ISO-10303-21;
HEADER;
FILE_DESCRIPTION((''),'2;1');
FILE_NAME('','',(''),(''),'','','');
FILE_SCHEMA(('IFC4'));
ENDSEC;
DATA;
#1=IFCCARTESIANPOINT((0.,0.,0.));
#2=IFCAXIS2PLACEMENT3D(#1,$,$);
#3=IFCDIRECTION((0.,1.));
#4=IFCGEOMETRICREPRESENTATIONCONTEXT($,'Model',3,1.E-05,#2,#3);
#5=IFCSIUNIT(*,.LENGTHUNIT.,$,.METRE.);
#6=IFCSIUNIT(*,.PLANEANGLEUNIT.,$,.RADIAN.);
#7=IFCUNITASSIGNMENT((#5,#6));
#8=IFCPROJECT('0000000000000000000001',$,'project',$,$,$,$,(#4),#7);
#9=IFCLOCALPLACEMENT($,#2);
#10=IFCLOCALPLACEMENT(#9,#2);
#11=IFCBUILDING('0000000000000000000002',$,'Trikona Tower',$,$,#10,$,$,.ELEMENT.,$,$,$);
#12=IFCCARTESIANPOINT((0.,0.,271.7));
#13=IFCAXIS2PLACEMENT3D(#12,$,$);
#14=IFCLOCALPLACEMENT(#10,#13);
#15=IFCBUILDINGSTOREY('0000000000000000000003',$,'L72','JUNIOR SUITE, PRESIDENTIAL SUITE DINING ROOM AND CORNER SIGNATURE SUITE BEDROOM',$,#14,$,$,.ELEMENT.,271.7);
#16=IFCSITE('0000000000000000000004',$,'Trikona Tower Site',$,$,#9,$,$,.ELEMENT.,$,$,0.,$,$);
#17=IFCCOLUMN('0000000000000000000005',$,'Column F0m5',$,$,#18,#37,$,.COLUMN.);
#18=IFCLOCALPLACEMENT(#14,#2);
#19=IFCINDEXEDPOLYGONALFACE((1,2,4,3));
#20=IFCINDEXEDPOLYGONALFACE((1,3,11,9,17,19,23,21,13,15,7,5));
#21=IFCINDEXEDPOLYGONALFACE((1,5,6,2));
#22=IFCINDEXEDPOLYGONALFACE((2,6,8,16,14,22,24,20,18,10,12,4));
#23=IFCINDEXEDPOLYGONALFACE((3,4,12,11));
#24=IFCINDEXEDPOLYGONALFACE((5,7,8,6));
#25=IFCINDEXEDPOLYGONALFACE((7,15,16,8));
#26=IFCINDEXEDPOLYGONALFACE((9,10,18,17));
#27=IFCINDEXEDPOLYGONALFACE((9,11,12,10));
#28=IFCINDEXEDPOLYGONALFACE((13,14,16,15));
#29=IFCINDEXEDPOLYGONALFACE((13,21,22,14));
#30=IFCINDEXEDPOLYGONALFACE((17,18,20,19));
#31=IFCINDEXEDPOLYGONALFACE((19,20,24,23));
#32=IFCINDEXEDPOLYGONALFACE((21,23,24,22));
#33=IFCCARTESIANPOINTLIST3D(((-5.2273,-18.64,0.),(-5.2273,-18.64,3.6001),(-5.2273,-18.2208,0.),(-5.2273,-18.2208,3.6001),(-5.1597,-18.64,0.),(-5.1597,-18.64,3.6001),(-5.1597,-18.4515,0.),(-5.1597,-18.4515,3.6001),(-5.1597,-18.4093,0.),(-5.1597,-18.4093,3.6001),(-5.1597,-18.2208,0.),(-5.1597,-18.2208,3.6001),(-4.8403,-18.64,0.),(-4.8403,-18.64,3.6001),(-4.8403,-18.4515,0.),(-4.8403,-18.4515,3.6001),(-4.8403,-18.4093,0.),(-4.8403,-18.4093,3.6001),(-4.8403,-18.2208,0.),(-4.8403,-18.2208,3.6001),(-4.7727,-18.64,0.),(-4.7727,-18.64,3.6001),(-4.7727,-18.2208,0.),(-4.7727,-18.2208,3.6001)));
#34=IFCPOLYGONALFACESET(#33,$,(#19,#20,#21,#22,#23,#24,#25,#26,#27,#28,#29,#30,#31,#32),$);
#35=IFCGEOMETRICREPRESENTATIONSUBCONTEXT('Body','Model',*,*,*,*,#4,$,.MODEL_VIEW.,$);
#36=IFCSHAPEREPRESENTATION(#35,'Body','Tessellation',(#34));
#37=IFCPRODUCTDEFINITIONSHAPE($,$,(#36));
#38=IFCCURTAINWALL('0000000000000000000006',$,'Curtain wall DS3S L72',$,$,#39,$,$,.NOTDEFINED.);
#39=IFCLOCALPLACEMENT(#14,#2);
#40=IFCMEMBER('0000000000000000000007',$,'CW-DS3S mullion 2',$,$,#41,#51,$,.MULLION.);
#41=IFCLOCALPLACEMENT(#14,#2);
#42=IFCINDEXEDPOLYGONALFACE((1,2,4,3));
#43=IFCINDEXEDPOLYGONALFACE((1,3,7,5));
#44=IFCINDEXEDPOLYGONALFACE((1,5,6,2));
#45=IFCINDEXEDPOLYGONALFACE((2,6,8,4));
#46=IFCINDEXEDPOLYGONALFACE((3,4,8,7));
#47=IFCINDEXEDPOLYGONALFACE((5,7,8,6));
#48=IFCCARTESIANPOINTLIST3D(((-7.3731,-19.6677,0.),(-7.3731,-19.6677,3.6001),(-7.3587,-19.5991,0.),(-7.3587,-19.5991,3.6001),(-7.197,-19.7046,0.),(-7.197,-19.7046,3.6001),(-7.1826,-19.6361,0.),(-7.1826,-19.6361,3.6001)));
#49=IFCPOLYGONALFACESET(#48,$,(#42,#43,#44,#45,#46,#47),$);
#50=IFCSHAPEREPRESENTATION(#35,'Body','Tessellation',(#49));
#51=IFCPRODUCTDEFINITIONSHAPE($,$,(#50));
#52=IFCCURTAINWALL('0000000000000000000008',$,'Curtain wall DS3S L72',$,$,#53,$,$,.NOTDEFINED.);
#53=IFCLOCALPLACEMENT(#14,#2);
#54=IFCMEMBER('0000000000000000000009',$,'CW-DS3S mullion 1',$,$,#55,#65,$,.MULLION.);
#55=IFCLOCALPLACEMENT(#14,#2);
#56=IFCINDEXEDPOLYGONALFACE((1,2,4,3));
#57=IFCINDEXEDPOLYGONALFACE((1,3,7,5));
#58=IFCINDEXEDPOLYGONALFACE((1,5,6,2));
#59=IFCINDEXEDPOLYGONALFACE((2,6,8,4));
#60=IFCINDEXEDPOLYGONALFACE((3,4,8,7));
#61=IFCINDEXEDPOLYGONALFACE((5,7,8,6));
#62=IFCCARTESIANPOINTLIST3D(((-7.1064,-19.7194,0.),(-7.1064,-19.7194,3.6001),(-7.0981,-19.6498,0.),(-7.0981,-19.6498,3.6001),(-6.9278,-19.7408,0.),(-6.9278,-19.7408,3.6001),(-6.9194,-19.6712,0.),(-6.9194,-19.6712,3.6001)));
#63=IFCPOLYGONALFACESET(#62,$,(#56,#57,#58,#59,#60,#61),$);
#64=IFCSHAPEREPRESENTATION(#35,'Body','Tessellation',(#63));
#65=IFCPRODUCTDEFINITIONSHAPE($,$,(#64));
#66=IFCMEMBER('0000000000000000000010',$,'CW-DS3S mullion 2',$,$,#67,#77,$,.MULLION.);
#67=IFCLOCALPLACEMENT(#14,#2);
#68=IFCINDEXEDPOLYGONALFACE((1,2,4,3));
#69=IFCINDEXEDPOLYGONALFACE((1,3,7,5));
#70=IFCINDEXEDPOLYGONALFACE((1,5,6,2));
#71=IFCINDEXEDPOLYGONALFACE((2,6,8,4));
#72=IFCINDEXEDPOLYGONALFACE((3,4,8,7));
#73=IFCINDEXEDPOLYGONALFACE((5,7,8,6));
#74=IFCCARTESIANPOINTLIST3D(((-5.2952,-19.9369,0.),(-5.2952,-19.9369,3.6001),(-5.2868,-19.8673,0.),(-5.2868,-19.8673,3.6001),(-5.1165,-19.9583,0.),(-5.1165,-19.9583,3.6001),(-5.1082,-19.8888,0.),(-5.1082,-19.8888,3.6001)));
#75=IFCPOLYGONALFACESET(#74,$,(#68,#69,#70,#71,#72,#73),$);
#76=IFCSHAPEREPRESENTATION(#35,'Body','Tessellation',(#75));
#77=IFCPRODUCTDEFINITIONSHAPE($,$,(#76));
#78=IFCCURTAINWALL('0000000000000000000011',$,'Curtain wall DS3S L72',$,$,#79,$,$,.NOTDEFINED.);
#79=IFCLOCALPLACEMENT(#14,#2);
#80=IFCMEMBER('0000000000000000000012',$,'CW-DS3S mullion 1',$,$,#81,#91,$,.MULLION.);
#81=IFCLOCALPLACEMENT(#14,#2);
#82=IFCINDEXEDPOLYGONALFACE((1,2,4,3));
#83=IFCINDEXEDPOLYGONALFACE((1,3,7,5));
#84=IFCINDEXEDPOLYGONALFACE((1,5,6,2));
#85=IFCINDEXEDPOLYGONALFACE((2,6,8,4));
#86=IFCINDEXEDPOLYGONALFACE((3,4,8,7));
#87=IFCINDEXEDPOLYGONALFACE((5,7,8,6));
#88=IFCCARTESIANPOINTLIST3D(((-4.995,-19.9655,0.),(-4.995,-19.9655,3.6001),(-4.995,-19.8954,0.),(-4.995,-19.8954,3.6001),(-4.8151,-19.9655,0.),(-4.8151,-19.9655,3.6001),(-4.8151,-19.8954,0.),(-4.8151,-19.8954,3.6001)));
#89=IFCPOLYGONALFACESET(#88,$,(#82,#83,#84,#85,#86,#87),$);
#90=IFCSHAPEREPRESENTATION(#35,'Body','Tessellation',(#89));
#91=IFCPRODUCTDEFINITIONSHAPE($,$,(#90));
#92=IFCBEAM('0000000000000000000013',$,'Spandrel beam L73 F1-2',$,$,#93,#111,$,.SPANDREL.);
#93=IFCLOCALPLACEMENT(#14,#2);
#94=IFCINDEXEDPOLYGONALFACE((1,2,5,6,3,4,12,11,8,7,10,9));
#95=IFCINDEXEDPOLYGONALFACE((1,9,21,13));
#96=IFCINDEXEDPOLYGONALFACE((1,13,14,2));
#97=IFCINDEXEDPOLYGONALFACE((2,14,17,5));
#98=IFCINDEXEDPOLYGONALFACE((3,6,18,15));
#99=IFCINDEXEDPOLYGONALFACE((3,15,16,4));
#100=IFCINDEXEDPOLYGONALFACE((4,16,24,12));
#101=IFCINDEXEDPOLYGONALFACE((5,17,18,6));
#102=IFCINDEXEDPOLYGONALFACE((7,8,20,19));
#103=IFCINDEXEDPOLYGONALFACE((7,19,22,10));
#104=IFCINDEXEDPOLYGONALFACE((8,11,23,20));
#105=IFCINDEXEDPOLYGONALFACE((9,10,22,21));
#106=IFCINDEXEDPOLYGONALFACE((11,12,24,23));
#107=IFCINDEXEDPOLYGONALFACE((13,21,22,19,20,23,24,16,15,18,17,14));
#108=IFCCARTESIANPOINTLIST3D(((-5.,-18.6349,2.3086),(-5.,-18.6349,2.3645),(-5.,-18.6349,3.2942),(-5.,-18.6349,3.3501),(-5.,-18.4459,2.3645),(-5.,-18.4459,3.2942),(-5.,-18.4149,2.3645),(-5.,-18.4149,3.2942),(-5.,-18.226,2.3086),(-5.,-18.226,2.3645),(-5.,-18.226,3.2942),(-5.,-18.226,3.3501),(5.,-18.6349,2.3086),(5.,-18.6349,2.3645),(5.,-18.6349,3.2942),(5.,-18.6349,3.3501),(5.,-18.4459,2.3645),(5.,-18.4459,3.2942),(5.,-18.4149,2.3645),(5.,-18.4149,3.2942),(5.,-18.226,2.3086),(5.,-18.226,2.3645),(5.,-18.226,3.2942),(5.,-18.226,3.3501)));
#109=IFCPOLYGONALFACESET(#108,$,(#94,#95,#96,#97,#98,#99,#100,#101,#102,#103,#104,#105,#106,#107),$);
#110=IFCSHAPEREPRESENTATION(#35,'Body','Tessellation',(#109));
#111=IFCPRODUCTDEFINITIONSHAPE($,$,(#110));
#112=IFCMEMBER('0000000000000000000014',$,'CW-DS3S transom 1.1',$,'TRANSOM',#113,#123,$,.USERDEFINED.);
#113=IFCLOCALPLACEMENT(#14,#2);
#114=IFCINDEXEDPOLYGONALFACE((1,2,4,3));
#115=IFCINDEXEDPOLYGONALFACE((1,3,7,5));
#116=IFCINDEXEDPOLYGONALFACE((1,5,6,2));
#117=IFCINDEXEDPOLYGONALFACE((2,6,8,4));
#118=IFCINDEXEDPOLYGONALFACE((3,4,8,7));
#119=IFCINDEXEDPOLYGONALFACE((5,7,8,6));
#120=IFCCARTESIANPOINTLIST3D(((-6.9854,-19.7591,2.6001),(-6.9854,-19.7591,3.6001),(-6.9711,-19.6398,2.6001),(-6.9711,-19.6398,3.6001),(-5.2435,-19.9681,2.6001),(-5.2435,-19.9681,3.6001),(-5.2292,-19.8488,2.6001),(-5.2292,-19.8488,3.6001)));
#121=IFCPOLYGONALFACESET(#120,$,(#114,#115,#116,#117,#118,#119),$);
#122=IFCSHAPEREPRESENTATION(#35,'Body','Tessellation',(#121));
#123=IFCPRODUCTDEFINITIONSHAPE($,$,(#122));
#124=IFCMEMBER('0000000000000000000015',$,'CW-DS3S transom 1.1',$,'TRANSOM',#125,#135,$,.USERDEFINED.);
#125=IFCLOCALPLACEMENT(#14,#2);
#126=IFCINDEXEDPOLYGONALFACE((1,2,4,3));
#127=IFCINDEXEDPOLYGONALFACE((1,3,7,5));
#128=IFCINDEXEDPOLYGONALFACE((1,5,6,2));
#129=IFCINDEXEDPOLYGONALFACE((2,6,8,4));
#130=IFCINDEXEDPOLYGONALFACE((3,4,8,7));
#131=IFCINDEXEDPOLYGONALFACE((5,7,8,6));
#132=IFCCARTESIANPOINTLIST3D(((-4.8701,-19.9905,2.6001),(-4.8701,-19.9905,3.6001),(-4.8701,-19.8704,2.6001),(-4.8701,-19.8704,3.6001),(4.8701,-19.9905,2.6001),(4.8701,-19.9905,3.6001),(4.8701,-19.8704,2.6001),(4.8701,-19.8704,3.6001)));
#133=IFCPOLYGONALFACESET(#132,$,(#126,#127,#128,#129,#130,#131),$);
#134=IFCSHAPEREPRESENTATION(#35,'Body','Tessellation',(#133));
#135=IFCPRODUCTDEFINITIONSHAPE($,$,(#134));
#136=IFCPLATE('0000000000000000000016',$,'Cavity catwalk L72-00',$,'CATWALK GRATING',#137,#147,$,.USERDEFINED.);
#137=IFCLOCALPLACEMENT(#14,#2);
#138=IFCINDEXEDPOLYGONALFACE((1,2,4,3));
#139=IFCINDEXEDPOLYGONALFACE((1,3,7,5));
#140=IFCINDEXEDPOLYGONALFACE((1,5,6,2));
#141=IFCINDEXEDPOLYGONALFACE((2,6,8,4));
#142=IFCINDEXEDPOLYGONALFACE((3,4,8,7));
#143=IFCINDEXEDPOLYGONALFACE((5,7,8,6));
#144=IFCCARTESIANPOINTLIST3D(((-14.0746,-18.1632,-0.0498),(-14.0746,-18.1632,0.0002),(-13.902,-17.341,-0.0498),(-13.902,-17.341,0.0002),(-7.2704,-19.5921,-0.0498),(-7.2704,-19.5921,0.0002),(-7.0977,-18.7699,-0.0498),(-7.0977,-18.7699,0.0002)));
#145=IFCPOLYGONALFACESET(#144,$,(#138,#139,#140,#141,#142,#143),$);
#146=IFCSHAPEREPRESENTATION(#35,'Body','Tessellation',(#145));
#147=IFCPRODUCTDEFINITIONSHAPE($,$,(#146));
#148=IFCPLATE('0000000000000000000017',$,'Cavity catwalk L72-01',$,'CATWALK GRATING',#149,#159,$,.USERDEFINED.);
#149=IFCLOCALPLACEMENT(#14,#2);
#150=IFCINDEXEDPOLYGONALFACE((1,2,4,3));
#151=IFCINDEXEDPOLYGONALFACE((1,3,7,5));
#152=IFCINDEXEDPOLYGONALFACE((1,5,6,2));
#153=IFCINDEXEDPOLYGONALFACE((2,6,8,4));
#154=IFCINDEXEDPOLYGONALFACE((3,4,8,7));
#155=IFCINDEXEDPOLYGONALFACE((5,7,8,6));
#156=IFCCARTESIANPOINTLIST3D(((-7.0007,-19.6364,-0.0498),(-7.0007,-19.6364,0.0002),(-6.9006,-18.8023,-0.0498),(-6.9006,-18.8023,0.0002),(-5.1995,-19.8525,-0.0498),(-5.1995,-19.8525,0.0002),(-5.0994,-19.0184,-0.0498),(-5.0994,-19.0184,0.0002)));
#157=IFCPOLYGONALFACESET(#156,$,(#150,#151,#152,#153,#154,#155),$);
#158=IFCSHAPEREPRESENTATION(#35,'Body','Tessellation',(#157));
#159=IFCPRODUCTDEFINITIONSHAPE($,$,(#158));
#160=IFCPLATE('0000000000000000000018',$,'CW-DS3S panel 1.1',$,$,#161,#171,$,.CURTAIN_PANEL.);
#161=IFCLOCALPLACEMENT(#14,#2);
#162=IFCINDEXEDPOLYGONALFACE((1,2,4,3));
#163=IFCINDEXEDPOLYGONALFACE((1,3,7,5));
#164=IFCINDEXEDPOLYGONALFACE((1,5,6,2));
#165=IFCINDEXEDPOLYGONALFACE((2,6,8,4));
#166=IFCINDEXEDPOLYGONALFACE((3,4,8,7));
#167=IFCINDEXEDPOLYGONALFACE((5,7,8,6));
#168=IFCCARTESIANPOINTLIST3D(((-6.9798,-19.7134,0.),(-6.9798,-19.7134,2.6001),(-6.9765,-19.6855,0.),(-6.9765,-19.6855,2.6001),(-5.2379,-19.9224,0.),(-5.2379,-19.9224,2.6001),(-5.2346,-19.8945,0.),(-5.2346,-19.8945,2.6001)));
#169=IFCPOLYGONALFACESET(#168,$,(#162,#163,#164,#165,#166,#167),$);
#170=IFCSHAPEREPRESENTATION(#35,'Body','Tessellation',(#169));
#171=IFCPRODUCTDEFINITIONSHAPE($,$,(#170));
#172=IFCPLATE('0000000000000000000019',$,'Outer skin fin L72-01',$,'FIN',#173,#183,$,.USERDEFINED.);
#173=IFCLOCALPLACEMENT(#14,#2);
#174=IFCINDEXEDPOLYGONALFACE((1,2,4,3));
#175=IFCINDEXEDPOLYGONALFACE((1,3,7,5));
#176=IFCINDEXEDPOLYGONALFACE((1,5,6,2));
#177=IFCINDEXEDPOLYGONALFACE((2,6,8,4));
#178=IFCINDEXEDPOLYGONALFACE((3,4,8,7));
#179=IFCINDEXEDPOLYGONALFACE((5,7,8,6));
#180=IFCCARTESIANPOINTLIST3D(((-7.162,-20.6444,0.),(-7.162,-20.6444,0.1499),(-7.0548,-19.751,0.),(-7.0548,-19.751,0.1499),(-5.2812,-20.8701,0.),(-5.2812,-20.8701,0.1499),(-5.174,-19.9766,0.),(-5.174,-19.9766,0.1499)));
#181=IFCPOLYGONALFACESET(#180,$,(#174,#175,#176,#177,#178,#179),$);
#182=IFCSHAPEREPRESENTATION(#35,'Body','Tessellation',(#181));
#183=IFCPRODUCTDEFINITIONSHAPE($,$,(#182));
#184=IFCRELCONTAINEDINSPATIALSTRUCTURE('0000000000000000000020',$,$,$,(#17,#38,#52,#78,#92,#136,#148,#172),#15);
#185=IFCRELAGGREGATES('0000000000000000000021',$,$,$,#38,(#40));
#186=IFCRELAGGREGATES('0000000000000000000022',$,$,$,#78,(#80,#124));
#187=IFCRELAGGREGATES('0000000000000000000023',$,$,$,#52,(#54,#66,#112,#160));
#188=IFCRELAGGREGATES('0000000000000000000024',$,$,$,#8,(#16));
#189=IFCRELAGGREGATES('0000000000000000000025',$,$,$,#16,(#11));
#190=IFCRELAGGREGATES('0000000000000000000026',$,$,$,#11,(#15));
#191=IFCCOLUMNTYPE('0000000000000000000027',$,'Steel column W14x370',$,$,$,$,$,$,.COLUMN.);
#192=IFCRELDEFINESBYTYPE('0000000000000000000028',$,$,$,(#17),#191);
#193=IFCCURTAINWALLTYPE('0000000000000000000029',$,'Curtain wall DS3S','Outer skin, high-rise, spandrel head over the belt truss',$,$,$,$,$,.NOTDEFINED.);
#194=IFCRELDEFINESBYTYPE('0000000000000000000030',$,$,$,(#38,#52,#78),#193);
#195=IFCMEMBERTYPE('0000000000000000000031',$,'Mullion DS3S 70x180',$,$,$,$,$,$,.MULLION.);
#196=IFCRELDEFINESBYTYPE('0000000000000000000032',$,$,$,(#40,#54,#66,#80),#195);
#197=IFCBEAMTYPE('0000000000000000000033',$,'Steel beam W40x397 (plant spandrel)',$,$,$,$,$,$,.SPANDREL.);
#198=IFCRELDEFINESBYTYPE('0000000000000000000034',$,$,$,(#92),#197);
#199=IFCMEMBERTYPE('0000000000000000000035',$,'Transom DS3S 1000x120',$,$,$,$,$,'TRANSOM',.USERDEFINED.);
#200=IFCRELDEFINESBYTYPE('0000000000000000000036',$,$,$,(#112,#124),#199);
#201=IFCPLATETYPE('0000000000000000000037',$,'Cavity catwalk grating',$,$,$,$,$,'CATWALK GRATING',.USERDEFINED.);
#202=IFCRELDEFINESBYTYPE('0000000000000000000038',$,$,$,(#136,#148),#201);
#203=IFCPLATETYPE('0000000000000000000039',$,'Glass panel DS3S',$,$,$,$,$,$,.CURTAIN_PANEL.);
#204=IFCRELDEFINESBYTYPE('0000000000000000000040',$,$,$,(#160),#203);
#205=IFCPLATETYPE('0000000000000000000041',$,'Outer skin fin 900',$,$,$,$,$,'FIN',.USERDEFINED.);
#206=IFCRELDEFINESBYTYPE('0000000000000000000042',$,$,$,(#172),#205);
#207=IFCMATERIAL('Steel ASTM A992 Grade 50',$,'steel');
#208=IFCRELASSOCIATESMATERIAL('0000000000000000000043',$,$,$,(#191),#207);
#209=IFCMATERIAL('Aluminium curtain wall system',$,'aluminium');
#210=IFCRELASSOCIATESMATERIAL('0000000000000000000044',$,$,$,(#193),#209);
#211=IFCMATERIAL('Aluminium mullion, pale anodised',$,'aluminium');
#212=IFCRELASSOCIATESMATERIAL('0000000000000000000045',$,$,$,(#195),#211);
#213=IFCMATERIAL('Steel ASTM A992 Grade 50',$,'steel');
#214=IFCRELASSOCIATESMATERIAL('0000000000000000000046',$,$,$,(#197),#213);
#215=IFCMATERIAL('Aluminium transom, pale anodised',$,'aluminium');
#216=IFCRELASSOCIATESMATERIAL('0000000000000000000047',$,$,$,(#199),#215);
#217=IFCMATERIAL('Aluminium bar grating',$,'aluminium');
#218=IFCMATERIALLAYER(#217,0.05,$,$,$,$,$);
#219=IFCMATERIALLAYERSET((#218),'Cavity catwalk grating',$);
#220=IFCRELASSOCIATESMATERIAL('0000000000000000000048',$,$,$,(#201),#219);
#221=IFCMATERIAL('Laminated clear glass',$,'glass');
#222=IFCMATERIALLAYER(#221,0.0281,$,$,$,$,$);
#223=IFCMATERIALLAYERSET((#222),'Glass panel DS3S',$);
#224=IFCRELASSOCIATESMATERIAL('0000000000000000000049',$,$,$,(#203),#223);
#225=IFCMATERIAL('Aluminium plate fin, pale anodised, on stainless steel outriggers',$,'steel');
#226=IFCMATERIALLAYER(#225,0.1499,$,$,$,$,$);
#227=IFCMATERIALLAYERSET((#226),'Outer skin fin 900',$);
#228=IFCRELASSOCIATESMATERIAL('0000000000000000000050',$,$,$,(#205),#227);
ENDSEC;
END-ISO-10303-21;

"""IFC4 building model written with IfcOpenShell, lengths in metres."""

from ifc_helpers import new_model, si_unit, direction, frame, origin, origin_2d, place, context, subcontext, project, spatial, rectangle, i_section, extrude, material, layer, layer_set, material_profile, profile_set, type_object, element, aggregate, save


model = new_model("IFC4")

# Units and contexts
model_context = context("Model", 3, precision=1e-05, world=origin(), true_north=direction((0.0, 1.0)))
body_context = subcontext(model_context, "Body", "Model", "MODEL_VIEW")
ifc_project = project(units=[si_unit("LENGTHUNIT", "METRE"), si_unit("PLANEANGLEUNIT", "RADIAN")], contexts=[model_context])

# Site, building, storey
site_placement = place(None, origin())
site = spatial("IfcSite", under=ifc_project, at=site_placement, Name="Trikona Tower Site", CompositionType="ELEMENT", RefElevation=0.0)
building_placement = place(site_placement, origin())
building = spatial("IfcBuilding", under=site, at=building_placement, Name="Trikona Tower", CompositionType="ELEMENT")
storey_placement = place(building_placement, frame((0.0, 0.0, 271.7)))
storey = spatial("IfcBuildingStorey", under=building, at=storey_placement, Name="L72", Description="JUNIOR SUITE, PRESIDENTIAL SUITE DINING ROOM AND CORNER SIGNATURE SUITE BEDROOM", CompositionType="ELEMENT", Elevation=271.7)

# Column
ifc_material_1 = material(Name="Steel ASTM A992 Grade 50", Category="steel")
ifc_material_profile_1 = material_profile(ifc_material_1, i_section(OverallWidth=0.4192, OverallDepth=0.4546, WebThickness=0.0422, FlangeThickness=0.0676, at=origin_2d()), Name="W14X370")
ifc_profile_set_1 = profile_set([ifc_material_profile_1], Name="Steel ASTM A992 Grade 50")
column_type = type_object("IfcColumnType", Name="Steel column W14x370", PredefinedType="COLUMN", material=ifc_profile_set_1)
column_placement = place(storey_placement, frame((-5.0, -18.4304, 0.0), z_axis=(0.0, 0.0, 1.0), x_axis=(0.0, -1.0, 0.0)))
element("IfcColumn", 1, at=column_placement, inside=storey, type_object=column_type, Name="Column F0m5", PredefinedType="COLUMN", context=body_context, shape_type="SweptSolid", body=[
    extrude(i_section(OverallWidth=0.4192, OverallDepth=0.4546, WebThickness=0.0422, FlangeThickness=0.0676, at=origin_2d()), origin(), (0.0, 0.0, 1.0), 3.6001),
])

# Curtain wall, member
ifc_material_2 = material(Name="Aluminium curtain wall system", Category="aluminium")
curtain_wall_type = type_object("IfcCurtainWallType", Name="Curtain wall DS3S", Description="Outer skin, high-rise, spandrel head over the belt truss", PredefinedType="NOTDEFINED", material=ifc_material_2)
curtain_wall_1_placement = place(storey_placement, origin())
curtain_wall_1 = element("IfcCurtainWall", 2, at=curtain_wall_1_placement, inside=storey, type_object=curtain_wall_type, Name="Curtain wall DS3S L72", PredefinedType="NOTDEFINED")
ifc_material_3 = material(Name="Aluminium mullion, pale anodised", Category="aluminium")
ifc_material_profile_2 = material_profile(ifc_material_3, rectangle(XDim=0.0701, YDim=0.1799, at=origin_2d()), Name="MUL-DS3S")
ifc_profile_set_2 = profile_set([ifc_material_profile_2], Name="Aluminium mullion, pale anodised")
member_type_1 = type_object("IfcMemberType", Name="Mullion DS3S 70x180", PredefinedType="MULLION", material=ifc_profile_set_2)
member_1_placement = place(storey_placement, frame((-7.2778, -19.6519, 0.0), z_axis=(0.0, 0.0, 1.0), x_axis=(0.205527, 0.978651, 0.0)))
member_1 = element("IfcMember", 3, at=member_1_placement, type_object=member_type_1, Name="CW-DS3S mullion 2", PredefinedType="MULLION", context=body_context, shape_type="SweptSolid", body=[
    extrude(rectangle(XDim=0.0701, YDim=0.1799, at=origin_2d()), origin(), (0.0, 0.0, 1.0), 3.6001),
])
aggregate(curtain_wall_1, [member_1])

# Curtain wall, members
curtain_wall_2_placement = place(storey_placement, origin())
curtain_wall_2 = element("IfcCurtainWall", 4, at=curtain_wall_2_placement, inside=storey, type_object=curtain_wall_type, Name="Curtain wall DS3S L72", PredefinedType="NOTDEFINED")
member_2_placement = place(storey_placement, frame((-7.0129, -19.6953, 0.0), z_axis=(0.0, 0.0, 1.0), x_axis=(0.119141, 0.992877, 0.0)))
member_2 = element("IfcMember", 5, at=member_2_placement, type_object=member_type_1, Name="CW-DS3S mullion 1", PredefinedType="MULLION", context=body_context, shape_type="SweptSolid", body=[
    extrude(rectangle(XDim=0.0701, YDim=0.1799, at=origin_2d()), origin(), (0.0, 0.0, 1.0), 3.6001),
])
member_3_placement = place(storey_placement, frame((-5.2017, -19.9128, 0.0), z_axis=(0.0, 0.0, 1.0), x_axis=(0.119141, 0.992877, 0.0)))
member_3 = element("IfcMember", 6, at=member_3_placement, type_object=member_type_1, Name="CW-DS3S mullion 2", PredefinedType="MULLION", context=body_context, shape_type="SweptSolid", body=[
    extrude(rectangle(XDim=0.0701, YDim=0.1799, at=origin_2d()), origin(), (0.0, 0.0, 1.0), 3.6001),
])

# Curtain wall, member
curtain_wall_3_placement = place(storey_placement, origin())
curtain_wall_3 = element("IfcCurtainWall", 7, at=curtain_wall_3_placement, inside=storey, type_object=curtain_wall_type, Name="Curtain wall DS3S L72", PredefinedType="NOTDEFINED")
member_4_placement = place(storey_placement, frame((-4.905, -19.9304, 0.0), z_axis=(0.0, 0.0, 1.0), x_axis=(0.0, 1.0, 0.0)))
member_4 = element("IfcMember", 8, at=member_4_placement, type_object=member_type_1, Name="CW-DS3S mullion 1", PredefinedType="MULLION", context=body_context, shape_type="SweptSolid", body=[
    extrude(rectangle(XDim=0.0701, YDim=0.1799, at=origin_2d()), origin(), (0.0, 0.0, 1.0), 3.6001),
])

# Beam
ifc_material_4 = material(Name="Steel ASTM A992 Grade 50", Category="steel")
ifc_material_profile_3 = material_profile(ifc_material_4, i_section(OverallWidth=0.4089, OverallDepth=1.0415, WebThickness=0.031, FlangeThickness=0.0559, at=origin_2d()), Name="W40X397")
ifc_profile_set_3 = profile_set([ifc_material_profile_3], Name="Steel ASTM A992 Grade 50")
beam_type = type_object("IfcBeamType", Name="Steel beam W40x397 (plant spandrel)", PredefinedType="SPANDREL", material=ifc_profile_set_3)
beam_placement = place(storey_placement, frame((-5.0, -18.4304, 2.8293), z_axis=(1.0, 0.0, 0.0), x_axis=(0.0, 1.0, 0.0)))
element("IfcBeam", 9, at=beam_placement, inside=storey, type_object=beam_type, Name="Spandrel beam L73 F1-2", PredefinedType="SPANDREL", context=body_context, shape_type="SweptSolid", body=[
    extrude(i_section(OverallWidth=0.4089, OverallDepth=1.0415, WebThickness=0.031, FlangeThickness=0.0559, at=origin_2d()), origin(), (0.0, 0.0, 1.0), 10.0),
])

# Members
ifc_material_5 = material(Name="Aluminium transom, pale anodised", Category="aluminium")
ifc_material_profile_4 = material_profile(ifc_material_5, rectangle(XDim=0.1201, YDim=1.0, at=origin_2d()), Name="TRN-DS3S")
ifc_profile_set_4 = profile_set([ifc_material_profile_4], Name="Aluminium transom, pale anodised")
member_type_2 = type_object("IfcMemberType", Name="Transom DS3S 1000x120", ElementType="TRANSOM", PredefinedType="USERDEFINED", material=ifc_profile_set_4)
member_5_placement = place(storey_placement, frame((-6.9783, -19.6995, 3.1001), z_axis=(0.99288, -0.119118, 0.0), x_axis=(0.119118, 0.99288, 0.0)))
member_5 = element("IfcMember", 10, at=member_5_placement, type_object=member_type_2, Name="CW-DS3S transom 1.1", ObjectType="TRANSOM", PredefinedType="USERDEFINED", context=body_context, shape_type="SweptSolid", body=[
    extrude(rectangle(XDim=0.1201, YDim=1.0, at=origin_2d()), origin(), (0.0, 0.0, 1.0), 1.7544),
])
member_6_placement = place(storey_placement, frame((-4.8701, -19.9304, 3.1001), z_axis=(1.0, 0.0, 0.0), x_axis=(0.0, 1.0, 0.0)))
member_6 = element("IfcMember", 11, at=member_6_placement, type_object=member_type_2, Name="CW-DS3S transom 1.1", ObjectType="TRANSOM", PredefinedType="USERDEFINED", context=body_context, shape_type="SweptSolid", body=[
    extrude(rectangle(XDim=0.1201, YDim=1.0, at=origin_2d()), origin(), (0.0, 0.0, 1.0), 9.7402),
])
aggregate(curtain_wall_3, [member_4, member_6])

# Plates
ifc_material_6 = material(Name="Aluminium bar grating", Category="aluminium")
ifc_layer_1 = layer(ifc_material_6, 0.05)
ifc_layer_set_1 = layer_set([ifc_layer_1], Name="Cavity catwalk grating")
plate_type_1 = type_object("IfcPlateType", Name="Cavity catwalk grating", ElementType="CATWALK GRATING", PredefinedType="USERDEFINED", material=ifc_layer_set_1)
plate_1_placement = place(storey_placement, frame((-10.5862, -18.4666, -0.0498), z_axis=(0.0, 0.0, 1.0), x_axis=(0.978653, -0.205518, 0.0)))
element("IfcPlate", 12, at=plate_1_placement, inside=storey, type_object=plate_type_1, Name="Cavity catwalk L72-00", ObjectType="CATWALK GRATING", PredefinedType="USERDEFINED", context=body_context, shape_type="SweptSolid", body=[
    extrude(rectangle(XDim=6.9526, YDim=0.8401, at=origin_2d()), origin(), (0.0, 0.0, 1.0), 0.05),
])
plate_2_placement = place(storey_placement, frame((-6.05, -19.3274, -0.0498), z_axis=(0.0, 0.0, 1.0), x_axis=(0.992877, -0.119146, 0.0)))
element("IfcPlate", 13, at=plate_2_placement, inside=storey, type_object=plate_type_1, Name="Cavity catwalk L72-01", ObjectType="CATWALK GRATING", PredefinedType="USERDEFINED", context=body_context, shape_type="SweptSolid", body=[
    extrude(rectangle(XDim=1.8142, YDim=0.8401, at=origin_2d()), origin(), (0.0, 0.0, 1.0), 0.05),
])

# Plates
ifc_material_7 = material(Name="Laminated clear glass", Category="glass")
ifc_layer_2 = layer(ifc_material_7, 0.0281)
ifc_layer_set_2 = layer_set([ifc_layer_2], Name="Glass panel DS3S")
plate_type_2 = type_object("IfcPlateType", Name="Glass panel DS3S", PredefinedType="CURTAIN_PANEL", material=ifc_layer_set_2)
plate_3_placement = place(storey_placement, frame((-6.1072, -19.804, 0.0), z_axis=(0.0, 0.0, 1.0), x_axis=(0.992877, -0.119141, 0.0)))
plate_3 = element("IfcPlate", 14, at=plate_3_placement, type_object=plate_type_2, Name="CW-DS3S panel 1.1", PredefinedType="CURTAIN_PANEL", context=body_context, shape_type="SweptSolid", body=[
    extrude(rectangle(XDim=1.7544, YDim=0.0281, at=origin_2d()), origin(), (0.0, 0.0, 1.0), 2.6001),
])
aggregate(curtain_wall_2, [member_2, member_3, member_5, plate_3])
ifc_material_8 = material(Name="Aluminium plate fin, pale anodised, on stainless steel outriggers", Category="steel")
ifc_layer_3 = layer(ifc_material_8, 0.1499)
ifc_layer_set_3 = layer_set([ifc_layer_3], Name="Outer skin fin 900")
plate_type_3 = type_object("IfcPlateType", Name="Outer skin fin 900", ElementType="FIN", PredefinedType="USERDEFINED", material=ifc_layer_set_3)
plate_4_placement = place(storey_placement, frame((-6.168, -20.3105, 0.0), z_axis=(0.0, 0.0, 1.0), x_axis=(0.992877, -0.119146, 0.0)))
element("IfcPlate", 15, at=plate_4_placement, inside=storey, type_object=plate_type_3, Name="Outer skin fin L72-01", ObjectType="FIN", PredefinedType="USERDEFINED", context=body_context, shape_type="SweptSolid", body=[
    extrude(rectangle(XDim=1.8943, YDim=0.8999, at=origin_2d()), origin(), (0.0, 0.0, 1.0), 0.1499),
])

save(model, "model.ifc")
